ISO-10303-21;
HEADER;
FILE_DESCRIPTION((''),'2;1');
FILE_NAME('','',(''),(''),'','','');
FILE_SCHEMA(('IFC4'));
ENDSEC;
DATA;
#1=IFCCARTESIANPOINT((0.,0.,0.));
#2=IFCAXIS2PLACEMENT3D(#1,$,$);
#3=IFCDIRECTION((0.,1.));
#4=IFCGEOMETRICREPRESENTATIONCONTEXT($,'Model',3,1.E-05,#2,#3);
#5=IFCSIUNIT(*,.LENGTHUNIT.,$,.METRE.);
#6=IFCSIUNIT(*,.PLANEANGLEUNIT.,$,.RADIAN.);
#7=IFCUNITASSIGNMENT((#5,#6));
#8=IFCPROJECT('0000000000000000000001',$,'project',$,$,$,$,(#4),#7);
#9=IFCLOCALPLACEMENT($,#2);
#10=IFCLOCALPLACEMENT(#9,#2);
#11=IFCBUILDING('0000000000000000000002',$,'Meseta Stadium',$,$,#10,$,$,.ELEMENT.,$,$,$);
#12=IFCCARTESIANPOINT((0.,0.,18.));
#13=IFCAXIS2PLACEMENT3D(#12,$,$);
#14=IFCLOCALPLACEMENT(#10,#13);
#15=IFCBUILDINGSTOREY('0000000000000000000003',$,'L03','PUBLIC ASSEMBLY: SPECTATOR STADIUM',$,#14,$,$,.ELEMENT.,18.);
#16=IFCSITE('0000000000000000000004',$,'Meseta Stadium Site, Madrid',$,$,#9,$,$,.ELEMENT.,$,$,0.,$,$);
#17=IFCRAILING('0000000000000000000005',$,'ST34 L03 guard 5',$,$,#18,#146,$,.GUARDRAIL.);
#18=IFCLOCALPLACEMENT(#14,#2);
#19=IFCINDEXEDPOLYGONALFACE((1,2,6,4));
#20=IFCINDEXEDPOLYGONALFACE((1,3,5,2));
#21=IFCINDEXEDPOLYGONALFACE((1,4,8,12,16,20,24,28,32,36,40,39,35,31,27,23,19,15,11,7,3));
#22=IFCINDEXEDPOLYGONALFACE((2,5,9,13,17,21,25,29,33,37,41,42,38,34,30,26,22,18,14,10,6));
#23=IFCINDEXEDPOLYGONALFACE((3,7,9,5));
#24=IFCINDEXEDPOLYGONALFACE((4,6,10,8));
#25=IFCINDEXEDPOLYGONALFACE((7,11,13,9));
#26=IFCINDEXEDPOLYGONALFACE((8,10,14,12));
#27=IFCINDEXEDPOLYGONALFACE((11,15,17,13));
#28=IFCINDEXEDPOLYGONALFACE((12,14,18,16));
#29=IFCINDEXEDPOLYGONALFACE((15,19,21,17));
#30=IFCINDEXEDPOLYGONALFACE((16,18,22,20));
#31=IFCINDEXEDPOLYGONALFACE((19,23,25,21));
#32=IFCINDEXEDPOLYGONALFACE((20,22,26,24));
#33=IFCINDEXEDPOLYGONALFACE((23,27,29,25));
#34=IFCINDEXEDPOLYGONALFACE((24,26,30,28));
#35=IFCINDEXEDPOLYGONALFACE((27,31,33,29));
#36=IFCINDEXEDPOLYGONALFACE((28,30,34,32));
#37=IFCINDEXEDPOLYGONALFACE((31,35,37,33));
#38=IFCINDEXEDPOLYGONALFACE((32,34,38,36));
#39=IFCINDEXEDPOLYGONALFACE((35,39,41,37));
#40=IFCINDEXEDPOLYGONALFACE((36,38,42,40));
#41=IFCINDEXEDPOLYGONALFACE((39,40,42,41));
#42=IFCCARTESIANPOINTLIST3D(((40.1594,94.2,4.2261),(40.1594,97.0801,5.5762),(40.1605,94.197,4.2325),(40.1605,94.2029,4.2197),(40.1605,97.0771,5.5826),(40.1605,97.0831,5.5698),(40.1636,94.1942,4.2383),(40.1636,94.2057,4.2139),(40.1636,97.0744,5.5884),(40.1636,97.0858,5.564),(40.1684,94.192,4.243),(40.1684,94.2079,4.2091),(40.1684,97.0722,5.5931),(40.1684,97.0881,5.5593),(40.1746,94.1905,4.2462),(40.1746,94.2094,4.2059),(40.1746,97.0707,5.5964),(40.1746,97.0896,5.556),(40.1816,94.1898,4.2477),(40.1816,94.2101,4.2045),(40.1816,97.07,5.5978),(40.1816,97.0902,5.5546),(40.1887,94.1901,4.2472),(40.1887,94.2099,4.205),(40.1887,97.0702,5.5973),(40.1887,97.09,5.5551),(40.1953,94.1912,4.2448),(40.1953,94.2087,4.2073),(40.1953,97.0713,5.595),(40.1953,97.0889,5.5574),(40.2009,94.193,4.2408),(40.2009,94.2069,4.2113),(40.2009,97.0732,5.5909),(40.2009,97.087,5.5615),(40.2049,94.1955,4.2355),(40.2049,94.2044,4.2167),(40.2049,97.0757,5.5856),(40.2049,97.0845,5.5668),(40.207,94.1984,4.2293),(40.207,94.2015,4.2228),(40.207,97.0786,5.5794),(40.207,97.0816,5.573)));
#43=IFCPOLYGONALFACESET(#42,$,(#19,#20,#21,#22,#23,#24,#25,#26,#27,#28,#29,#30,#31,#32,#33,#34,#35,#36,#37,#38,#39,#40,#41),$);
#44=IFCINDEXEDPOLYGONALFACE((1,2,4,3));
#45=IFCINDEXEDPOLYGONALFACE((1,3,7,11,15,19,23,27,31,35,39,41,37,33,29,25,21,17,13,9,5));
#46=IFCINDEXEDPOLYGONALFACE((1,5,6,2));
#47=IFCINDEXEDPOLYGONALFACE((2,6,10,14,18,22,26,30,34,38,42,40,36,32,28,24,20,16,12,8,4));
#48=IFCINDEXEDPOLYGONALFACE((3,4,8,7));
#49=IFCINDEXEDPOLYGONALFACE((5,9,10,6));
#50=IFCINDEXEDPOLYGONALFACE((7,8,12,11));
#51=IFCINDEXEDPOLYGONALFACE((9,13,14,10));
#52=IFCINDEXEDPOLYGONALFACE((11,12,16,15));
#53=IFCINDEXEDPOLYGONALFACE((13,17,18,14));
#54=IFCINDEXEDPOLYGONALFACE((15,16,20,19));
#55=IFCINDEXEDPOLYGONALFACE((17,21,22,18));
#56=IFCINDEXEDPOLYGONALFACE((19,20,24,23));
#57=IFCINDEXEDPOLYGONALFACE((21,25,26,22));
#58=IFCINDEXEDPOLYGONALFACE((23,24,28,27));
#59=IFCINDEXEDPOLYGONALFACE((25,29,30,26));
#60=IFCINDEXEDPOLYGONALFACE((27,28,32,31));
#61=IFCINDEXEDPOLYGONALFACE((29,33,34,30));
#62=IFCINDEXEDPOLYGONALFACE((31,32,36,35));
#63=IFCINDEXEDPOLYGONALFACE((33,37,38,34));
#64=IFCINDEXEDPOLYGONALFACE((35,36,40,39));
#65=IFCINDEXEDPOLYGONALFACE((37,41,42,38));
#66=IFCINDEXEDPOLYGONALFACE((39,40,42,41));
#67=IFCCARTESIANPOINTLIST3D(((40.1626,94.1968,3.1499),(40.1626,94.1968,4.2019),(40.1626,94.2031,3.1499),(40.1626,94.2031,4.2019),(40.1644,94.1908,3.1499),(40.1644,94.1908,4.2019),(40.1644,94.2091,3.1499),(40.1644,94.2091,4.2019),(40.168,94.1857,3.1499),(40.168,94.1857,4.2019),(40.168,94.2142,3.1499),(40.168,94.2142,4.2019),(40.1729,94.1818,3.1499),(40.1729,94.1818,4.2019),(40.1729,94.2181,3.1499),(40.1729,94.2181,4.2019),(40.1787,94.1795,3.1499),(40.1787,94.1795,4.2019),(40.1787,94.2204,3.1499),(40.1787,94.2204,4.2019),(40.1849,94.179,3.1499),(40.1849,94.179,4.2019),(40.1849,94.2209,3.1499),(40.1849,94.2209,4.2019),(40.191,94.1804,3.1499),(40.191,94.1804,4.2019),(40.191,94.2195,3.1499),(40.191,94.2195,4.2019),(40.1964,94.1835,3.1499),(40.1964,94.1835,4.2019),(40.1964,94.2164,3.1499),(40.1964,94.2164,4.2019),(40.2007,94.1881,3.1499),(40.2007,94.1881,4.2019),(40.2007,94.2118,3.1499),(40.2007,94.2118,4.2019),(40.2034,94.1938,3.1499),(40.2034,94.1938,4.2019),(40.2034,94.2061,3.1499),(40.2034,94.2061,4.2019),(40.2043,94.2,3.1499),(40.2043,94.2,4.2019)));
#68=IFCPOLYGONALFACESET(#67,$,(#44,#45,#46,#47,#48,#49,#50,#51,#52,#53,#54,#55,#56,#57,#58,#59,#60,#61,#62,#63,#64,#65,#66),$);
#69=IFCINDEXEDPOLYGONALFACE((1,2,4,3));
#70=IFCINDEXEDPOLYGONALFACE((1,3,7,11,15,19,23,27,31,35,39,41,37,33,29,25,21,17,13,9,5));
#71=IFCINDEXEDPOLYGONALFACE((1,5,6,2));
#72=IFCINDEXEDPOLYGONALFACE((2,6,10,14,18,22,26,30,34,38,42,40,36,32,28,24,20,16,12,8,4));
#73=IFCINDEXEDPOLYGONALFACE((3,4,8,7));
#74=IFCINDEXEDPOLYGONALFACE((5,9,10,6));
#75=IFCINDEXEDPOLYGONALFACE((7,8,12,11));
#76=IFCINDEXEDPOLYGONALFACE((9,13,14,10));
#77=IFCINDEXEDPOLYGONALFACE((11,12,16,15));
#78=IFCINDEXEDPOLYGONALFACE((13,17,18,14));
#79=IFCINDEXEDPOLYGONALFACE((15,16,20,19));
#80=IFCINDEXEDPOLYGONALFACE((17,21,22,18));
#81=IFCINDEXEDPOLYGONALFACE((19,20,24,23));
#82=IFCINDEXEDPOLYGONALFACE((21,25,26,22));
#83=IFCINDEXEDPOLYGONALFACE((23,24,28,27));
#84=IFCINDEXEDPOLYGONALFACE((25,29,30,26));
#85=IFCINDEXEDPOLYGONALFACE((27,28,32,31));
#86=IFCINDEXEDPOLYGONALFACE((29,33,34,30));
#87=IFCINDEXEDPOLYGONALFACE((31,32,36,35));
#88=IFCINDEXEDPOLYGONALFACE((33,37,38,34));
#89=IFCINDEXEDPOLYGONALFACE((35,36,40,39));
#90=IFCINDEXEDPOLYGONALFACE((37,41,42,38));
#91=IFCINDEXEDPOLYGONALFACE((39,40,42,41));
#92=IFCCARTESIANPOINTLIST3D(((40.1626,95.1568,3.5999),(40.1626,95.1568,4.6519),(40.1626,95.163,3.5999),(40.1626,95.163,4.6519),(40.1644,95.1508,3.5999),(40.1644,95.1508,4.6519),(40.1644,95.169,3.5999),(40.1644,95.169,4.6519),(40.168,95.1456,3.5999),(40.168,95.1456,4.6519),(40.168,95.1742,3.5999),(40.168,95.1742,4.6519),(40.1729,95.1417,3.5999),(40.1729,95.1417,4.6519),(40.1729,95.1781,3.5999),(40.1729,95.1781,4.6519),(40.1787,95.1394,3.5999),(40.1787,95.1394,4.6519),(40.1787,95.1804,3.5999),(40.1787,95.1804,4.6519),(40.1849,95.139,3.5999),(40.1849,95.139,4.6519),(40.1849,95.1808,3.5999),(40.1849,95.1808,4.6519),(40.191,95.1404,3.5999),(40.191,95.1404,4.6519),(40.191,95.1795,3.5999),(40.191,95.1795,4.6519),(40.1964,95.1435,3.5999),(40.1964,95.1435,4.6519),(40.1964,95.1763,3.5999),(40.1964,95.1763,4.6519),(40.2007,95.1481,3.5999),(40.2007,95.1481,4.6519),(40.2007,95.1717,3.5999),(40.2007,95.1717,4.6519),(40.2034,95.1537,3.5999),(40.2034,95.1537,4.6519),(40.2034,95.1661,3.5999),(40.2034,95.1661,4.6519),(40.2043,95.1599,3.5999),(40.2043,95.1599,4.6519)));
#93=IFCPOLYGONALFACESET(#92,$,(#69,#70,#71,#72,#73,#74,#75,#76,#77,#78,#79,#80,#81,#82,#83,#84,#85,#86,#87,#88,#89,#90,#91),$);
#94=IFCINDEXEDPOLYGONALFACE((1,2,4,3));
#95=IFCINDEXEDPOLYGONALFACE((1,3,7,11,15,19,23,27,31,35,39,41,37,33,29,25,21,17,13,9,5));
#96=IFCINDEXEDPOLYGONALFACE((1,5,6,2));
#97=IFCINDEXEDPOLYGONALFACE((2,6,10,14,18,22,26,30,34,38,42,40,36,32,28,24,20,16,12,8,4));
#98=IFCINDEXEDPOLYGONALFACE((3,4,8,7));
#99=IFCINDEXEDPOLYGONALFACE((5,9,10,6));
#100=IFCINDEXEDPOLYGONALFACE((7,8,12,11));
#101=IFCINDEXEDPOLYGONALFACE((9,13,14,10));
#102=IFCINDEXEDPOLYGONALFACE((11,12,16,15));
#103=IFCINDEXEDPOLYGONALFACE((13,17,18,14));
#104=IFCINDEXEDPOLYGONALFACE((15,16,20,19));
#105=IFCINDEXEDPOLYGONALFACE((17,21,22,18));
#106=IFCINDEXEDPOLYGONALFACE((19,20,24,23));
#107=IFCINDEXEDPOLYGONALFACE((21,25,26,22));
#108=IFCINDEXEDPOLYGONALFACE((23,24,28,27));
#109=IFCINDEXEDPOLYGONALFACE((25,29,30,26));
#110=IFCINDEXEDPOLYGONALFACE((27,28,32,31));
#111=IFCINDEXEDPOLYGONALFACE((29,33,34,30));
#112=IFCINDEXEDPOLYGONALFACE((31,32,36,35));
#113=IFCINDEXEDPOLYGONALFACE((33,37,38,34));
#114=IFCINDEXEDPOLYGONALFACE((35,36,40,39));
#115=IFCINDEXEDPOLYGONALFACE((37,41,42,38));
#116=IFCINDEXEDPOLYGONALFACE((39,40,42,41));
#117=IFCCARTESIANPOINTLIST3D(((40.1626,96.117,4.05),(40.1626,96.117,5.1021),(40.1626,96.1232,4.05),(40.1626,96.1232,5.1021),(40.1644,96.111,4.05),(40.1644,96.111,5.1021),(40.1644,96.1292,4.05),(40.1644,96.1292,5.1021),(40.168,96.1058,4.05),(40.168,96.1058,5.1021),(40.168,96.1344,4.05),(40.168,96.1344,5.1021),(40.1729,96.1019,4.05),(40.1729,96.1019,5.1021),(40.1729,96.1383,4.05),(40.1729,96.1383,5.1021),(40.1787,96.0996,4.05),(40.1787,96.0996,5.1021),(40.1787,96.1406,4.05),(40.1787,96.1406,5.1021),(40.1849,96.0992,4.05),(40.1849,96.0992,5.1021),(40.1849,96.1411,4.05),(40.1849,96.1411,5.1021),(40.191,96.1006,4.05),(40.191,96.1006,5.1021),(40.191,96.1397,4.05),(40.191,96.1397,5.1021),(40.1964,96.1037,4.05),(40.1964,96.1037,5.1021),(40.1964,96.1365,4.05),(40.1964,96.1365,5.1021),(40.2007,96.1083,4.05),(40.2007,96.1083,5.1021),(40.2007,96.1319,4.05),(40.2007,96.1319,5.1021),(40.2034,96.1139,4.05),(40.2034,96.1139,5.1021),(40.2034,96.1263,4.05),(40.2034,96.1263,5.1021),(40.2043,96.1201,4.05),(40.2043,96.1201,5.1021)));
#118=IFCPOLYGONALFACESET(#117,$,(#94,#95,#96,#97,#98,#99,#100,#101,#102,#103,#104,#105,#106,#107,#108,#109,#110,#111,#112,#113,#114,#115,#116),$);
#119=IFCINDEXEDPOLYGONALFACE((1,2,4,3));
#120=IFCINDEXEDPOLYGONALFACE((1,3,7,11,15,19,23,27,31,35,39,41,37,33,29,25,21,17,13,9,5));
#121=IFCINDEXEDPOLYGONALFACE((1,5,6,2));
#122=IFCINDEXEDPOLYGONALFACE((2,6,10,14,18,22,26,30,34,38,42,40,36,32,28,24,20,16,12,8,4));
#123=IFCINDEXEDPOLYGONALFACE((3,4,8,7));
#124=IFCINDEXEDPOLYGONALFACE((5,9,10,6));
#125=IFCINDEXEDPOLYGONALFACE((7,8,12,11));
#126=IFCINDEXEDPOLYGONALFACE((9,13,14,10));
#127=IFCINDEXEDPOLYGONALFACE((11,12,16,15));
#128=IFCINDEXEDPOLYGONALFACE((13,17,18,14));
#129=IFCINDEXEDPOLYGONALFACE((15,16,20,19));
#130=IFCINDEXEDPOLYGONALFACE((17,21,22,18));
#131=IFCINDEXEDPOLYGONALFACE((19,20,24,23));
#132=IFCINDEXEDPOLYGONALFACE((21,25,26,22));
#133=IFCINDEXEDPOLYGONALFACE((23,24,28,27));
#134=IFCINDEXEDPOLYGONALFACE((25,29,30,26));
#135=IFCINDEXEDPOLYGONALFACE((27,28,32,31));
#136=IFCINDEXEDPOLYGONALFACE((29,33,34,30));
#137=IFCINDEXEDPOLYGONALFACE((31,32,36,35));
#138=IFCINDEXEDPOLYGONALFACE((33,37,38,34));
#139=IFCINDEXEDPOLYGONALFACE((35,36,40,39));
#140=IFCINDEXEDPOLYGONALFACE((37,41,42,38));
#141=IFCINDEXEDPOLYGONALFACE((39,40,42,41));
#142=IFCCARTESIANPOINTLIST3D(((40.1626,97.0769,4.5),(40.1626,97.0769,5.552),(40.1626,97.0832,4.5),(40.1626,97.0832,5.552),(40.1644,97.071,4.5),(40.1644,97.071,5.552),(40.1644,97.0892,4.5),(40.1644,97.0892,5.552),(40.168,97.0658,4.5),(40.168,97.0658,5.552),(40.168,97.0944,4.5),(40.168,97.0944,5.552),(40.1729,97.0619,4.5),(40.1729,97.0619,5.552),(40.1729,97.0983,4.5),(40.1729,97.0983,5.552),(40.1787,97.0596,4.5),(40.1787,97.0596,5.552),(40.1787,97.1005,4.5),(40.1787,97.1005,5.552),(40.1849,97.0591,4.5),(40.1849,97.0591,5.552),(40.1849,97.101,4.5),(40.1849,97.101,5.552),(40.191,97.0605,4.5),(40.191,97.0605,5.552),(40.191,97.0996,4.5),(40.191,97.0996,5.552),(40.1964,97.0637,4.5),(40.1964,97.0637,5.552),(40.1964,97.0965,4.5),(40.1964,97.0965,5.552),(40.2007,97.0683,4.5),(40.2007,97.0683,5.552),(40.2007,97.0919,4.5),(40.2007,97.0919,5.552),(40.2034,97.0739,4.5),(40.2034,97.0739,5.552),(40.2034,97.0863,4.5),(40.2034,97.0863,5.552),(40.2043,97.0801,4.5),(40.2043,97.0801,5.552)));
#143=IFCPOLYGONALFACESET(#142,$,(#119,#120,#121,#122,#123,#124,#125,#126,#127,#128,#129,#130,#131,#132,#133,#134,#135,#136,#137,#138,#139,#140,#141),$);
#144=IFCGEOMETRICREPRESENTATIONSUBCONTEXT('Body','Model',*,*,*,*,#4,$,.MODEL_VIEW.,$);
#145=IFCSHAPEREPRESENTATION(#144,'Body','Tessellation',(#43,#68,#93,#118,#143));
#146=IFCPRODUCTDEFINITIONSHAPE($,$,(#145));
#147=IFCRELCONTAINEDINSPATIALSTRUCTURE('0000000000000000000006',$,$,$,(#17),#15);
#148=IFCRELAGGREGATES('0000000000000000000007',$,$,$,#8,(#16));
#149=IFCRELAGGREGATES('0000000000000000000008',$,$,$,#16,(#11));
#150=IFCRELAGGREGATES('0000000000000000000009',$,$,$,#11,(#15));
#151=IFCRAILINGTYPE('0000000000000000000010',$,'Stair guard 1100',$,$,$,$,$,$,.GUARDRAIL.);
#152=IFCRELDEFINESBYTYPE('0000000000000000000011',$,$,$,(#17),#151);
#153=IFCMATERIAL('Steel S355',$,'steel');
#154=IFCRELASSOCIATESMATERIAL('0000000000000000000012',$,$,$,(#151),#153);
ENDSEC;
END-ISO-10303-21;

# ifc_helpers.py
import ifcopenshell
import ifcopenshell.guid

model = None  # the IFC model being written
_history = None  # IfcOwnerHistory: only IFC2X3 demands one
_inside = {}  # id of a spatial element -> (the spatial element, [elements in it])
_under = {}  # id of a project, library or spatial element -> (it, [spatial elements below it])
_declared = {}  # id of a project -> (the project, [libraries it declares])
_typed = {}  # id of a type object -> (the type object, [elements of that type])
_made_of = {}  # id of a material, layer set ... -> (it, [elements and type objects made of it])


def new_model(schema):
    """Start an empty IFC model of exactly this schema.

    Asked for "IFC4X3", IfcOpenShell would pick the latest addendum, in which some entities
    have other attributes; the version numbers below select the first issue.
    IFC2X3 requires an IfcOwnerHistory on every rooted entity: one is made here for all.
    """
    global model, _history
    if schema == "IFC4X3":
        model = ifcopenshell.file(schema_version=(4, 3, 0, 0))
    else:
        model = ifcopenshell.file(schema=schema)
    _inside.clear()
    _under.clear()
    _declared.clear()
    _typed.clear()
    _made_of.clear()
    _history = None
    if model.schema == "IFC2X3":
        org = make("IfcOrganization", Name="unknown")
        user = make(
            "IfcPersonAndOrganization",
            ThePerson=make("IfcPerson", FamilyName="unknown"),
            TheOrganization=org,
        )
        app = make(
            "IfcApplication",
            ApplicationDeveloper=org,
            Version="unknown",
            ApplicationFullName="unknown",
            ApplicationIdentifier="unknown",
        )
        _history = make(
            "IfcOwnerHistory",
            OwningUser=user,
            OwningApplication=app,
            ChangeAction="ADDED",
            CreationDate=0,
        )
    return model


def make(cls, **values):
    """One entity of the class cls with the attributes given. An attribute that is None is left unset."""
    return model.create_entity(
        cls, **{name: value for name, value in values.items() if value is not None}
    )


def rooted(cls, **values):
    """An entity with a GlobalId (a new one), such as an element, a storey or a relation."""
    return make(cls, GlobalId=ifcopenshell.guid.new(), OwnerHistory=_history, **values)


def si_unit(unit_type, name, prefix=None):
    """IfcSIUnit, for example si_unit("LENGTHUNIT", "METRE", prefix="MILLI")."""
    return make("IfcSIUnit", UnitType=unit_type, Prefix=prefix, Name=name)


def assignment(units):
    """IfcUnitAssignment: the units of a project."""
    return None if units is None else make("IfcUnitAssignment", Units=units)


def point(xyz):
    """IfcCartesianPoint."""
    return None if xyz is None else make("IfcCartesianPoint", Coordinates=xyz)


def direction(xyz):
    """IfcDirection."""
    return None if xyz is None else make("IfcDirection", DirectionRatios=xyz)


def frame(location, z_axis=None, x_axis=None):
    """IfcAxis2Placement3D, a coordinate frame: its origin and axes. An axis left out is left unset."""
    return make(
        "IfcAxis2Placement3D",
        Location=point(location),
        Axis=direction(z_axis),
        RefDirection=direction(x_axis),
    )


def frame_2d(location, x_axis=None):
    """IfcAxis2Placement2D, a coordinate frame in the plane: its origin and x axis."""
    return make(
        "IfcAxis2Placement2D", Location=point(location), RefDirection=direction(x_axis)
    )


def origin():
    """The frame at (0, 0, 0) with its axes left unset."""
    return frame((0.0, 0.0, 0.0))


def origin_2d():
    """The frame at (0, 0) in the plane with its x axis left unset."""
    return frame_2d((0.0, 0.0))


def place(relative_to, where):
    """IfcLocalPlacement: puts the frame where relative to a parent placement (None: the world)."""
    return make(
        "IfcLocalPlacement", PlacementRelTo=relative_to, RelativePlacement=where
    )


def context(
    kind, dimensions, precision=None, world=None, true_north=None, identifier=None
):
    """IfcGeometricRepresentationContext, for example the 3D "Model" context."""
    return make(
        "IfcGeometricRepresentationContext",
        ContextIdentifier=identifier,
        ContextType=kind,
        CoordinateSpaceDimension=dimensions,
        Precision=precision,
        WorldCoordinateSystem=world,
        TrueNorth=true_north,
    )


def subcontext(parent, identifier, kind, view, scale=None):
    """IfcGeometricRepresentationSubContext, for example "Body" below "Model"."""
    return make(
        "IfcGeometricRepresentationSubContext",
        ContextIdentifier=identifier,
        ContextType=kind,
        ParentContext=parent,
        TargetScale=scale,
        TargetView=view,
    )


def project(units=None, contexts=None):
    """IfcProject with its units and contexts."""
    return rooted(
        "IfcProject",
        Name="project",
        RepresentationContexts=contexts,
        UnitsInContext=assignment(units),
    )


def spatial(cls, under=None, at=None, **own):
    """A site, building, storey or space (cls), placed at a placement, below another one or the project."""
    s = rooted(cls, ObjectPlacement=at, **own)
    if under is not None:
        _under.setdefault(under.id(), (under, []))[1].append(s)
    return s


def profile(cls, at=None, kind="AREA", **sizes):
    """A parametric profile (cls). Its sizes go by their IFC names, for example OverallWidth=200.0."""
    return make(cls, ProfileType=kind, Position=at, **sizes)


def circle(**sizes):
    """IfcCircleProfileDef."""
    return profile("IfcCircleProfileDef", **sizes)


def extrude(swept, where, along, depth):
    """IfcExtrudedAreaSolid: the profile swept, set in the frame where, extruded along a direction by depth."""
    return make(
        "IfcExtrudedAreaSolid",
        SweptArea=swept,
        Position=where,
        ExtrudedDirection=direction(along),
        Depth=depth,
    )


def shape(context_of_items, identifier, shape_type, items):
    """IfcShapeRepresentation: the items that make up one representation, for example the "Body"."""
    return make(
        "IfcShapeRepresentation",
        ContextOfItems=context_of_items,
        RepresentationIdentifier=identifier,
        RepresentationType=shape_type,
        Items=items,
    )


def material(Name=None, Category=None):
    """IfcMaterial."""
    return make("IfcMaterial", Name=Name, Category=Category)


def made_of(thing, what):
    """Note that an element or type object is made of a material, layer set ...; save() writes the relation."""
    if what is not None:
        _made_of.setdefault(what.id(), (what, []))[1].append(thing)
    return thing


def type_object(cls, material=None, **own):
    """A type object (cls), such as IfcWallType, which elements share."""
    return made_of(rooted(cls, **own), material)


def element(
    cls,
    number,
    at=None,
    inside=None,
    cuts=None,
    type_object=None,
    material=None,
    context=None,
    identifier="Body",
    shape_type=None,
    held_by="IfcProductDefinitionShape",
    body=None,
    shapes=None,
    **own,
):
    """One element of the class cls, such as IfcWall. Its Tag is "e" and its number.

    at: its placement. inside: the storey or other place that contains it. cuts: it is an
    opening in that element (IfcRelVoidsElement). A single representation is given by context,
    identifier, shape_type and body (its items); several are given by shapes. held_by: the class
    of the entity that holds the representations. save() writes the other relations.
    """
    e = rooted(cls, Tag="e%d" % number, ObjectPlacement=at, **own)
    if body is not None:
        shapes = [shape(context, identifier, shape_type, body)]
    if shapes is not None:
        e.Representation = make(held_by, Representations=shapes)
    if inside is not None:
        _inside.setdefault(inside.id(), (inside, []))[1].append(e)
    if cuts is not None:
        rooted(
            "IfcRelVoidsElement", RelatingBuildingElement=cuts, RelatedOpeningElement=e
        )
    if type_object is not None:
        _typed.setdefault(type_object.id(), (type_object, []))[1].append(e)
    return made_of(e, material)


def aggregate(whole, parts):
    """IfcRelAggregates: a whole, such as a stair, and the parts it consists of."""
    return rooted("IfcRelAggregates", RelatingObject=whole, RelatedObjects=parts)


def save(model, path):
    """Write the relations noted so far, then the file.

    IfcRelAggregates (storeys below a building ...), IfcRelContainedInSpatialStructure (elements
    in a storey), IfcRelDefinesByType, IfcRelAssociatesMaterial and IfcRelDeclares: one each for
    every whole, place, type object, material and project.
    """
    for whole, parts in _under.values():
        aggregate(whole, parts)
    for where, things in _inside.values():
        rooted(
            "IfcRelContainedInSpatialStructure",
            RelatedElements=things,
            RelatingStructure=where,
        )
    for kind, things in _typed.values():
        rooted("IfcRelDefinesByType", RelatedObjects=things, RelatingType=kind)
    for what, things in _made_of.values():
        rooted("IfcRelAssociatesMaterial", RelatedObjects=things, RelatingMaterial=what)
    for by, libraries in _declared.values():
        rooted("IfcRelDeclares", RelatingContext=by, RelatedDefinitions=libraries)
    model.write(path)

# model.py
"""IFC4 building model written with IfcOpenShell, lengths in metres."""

from ifc_helpers import new_model, si_unit, direction, frame, origin, origin_2d, place, context, subcontext, project, spatial, circle, extrude, material, type_object, element, save


model = new_model("IFC4")

# Units and contexts
model_context = context("Model", 3, precision=1e-05, world=origin(), true_north=direction((0.0, 1.0)))
body_context = subcontext(model_context, "Body", "Model", "MODEL_VIEW")
ifc_project = project(units=[si_unit("LENGTHUNIT", "METRE"), si_unit("PLANEANGLEUNIT", "RADIAN")], contexts=[model_context])

# Site, building, storey
site_placement = place(None, origin())
site = spatial("IfcSite", under=ifc_project, at=site_placement, Name="Meseta Stadium Site, Madrid", CompositionType="ELEMENT", RefElevation=0.0)
building_placement = place(site_placement, origin())
building = spatial("IfcBuilding", under=site, at=building_placement, Name="Meseta Stadium", CompositionType="ELEMENT")
storey_placement = place(building_placement, frame((0.0, 0.0, 18.0)))
storey = spatial("IfcBuildingStorey", under=building, at=storey_placement, Name="L03", Description="PUBLIC ASSEMBLY: SPECTATOR STADIUM", CompositionType="ELEMENT", Elevation=18.0)

# Railing
ifc_material_1 = material(Name="Steel S355", Category="steel")
railing_type_1 = type_object("IfcRailingType", Name="Stair guard 1100", PredefinedType="GUARDRAIL", material=ifc_material_1)
for number, where, name in (
    (1, (40.1833, 94.2, 3.1499), "ST34 L03 guard 5"),
):
    element("IfcRailing", number, at=place(storey_placement, frame(where)), inside=storey, type_object=railing_type_1, Name=name, PredefinedType="GUARDRAIL", context=body_context, shape_type="SweptSolid", body=[
        extrude(circle(Radius=0.0239, at=origin_2d()), frame((0.0, 0.0, 1.0762), z_axis=(0.0, 0.905454, 0.424444), x_axis=(-1.0, 0.0, 0.0)), (0.0, 0.0, 1.0), 3.1809),
        extrude(circle(Radius=0.021, at=origin_2d()), origin(), (0.0, 0.0, 1.0), 1.052),
        extrude(circle(Radius=0.021, at=origin_2d()), frame((0.0, 0.96, 0.45)), (0.0, 0.0, 1.0), 1.052),
        extrude(circle(Radius=0.021, at=origin_2d()), frame((0.0, 1.9202, 0.9001)), (0.0, 0.0, 1.0), 1.052),
        extrude(circle(Radius=0.021, at=origin_2d()), frame((0.0, 2.8801, 1.3501)), (0.0, 0.0, 1.0), 1.052),
    ])

save(model, "model.ifc")
